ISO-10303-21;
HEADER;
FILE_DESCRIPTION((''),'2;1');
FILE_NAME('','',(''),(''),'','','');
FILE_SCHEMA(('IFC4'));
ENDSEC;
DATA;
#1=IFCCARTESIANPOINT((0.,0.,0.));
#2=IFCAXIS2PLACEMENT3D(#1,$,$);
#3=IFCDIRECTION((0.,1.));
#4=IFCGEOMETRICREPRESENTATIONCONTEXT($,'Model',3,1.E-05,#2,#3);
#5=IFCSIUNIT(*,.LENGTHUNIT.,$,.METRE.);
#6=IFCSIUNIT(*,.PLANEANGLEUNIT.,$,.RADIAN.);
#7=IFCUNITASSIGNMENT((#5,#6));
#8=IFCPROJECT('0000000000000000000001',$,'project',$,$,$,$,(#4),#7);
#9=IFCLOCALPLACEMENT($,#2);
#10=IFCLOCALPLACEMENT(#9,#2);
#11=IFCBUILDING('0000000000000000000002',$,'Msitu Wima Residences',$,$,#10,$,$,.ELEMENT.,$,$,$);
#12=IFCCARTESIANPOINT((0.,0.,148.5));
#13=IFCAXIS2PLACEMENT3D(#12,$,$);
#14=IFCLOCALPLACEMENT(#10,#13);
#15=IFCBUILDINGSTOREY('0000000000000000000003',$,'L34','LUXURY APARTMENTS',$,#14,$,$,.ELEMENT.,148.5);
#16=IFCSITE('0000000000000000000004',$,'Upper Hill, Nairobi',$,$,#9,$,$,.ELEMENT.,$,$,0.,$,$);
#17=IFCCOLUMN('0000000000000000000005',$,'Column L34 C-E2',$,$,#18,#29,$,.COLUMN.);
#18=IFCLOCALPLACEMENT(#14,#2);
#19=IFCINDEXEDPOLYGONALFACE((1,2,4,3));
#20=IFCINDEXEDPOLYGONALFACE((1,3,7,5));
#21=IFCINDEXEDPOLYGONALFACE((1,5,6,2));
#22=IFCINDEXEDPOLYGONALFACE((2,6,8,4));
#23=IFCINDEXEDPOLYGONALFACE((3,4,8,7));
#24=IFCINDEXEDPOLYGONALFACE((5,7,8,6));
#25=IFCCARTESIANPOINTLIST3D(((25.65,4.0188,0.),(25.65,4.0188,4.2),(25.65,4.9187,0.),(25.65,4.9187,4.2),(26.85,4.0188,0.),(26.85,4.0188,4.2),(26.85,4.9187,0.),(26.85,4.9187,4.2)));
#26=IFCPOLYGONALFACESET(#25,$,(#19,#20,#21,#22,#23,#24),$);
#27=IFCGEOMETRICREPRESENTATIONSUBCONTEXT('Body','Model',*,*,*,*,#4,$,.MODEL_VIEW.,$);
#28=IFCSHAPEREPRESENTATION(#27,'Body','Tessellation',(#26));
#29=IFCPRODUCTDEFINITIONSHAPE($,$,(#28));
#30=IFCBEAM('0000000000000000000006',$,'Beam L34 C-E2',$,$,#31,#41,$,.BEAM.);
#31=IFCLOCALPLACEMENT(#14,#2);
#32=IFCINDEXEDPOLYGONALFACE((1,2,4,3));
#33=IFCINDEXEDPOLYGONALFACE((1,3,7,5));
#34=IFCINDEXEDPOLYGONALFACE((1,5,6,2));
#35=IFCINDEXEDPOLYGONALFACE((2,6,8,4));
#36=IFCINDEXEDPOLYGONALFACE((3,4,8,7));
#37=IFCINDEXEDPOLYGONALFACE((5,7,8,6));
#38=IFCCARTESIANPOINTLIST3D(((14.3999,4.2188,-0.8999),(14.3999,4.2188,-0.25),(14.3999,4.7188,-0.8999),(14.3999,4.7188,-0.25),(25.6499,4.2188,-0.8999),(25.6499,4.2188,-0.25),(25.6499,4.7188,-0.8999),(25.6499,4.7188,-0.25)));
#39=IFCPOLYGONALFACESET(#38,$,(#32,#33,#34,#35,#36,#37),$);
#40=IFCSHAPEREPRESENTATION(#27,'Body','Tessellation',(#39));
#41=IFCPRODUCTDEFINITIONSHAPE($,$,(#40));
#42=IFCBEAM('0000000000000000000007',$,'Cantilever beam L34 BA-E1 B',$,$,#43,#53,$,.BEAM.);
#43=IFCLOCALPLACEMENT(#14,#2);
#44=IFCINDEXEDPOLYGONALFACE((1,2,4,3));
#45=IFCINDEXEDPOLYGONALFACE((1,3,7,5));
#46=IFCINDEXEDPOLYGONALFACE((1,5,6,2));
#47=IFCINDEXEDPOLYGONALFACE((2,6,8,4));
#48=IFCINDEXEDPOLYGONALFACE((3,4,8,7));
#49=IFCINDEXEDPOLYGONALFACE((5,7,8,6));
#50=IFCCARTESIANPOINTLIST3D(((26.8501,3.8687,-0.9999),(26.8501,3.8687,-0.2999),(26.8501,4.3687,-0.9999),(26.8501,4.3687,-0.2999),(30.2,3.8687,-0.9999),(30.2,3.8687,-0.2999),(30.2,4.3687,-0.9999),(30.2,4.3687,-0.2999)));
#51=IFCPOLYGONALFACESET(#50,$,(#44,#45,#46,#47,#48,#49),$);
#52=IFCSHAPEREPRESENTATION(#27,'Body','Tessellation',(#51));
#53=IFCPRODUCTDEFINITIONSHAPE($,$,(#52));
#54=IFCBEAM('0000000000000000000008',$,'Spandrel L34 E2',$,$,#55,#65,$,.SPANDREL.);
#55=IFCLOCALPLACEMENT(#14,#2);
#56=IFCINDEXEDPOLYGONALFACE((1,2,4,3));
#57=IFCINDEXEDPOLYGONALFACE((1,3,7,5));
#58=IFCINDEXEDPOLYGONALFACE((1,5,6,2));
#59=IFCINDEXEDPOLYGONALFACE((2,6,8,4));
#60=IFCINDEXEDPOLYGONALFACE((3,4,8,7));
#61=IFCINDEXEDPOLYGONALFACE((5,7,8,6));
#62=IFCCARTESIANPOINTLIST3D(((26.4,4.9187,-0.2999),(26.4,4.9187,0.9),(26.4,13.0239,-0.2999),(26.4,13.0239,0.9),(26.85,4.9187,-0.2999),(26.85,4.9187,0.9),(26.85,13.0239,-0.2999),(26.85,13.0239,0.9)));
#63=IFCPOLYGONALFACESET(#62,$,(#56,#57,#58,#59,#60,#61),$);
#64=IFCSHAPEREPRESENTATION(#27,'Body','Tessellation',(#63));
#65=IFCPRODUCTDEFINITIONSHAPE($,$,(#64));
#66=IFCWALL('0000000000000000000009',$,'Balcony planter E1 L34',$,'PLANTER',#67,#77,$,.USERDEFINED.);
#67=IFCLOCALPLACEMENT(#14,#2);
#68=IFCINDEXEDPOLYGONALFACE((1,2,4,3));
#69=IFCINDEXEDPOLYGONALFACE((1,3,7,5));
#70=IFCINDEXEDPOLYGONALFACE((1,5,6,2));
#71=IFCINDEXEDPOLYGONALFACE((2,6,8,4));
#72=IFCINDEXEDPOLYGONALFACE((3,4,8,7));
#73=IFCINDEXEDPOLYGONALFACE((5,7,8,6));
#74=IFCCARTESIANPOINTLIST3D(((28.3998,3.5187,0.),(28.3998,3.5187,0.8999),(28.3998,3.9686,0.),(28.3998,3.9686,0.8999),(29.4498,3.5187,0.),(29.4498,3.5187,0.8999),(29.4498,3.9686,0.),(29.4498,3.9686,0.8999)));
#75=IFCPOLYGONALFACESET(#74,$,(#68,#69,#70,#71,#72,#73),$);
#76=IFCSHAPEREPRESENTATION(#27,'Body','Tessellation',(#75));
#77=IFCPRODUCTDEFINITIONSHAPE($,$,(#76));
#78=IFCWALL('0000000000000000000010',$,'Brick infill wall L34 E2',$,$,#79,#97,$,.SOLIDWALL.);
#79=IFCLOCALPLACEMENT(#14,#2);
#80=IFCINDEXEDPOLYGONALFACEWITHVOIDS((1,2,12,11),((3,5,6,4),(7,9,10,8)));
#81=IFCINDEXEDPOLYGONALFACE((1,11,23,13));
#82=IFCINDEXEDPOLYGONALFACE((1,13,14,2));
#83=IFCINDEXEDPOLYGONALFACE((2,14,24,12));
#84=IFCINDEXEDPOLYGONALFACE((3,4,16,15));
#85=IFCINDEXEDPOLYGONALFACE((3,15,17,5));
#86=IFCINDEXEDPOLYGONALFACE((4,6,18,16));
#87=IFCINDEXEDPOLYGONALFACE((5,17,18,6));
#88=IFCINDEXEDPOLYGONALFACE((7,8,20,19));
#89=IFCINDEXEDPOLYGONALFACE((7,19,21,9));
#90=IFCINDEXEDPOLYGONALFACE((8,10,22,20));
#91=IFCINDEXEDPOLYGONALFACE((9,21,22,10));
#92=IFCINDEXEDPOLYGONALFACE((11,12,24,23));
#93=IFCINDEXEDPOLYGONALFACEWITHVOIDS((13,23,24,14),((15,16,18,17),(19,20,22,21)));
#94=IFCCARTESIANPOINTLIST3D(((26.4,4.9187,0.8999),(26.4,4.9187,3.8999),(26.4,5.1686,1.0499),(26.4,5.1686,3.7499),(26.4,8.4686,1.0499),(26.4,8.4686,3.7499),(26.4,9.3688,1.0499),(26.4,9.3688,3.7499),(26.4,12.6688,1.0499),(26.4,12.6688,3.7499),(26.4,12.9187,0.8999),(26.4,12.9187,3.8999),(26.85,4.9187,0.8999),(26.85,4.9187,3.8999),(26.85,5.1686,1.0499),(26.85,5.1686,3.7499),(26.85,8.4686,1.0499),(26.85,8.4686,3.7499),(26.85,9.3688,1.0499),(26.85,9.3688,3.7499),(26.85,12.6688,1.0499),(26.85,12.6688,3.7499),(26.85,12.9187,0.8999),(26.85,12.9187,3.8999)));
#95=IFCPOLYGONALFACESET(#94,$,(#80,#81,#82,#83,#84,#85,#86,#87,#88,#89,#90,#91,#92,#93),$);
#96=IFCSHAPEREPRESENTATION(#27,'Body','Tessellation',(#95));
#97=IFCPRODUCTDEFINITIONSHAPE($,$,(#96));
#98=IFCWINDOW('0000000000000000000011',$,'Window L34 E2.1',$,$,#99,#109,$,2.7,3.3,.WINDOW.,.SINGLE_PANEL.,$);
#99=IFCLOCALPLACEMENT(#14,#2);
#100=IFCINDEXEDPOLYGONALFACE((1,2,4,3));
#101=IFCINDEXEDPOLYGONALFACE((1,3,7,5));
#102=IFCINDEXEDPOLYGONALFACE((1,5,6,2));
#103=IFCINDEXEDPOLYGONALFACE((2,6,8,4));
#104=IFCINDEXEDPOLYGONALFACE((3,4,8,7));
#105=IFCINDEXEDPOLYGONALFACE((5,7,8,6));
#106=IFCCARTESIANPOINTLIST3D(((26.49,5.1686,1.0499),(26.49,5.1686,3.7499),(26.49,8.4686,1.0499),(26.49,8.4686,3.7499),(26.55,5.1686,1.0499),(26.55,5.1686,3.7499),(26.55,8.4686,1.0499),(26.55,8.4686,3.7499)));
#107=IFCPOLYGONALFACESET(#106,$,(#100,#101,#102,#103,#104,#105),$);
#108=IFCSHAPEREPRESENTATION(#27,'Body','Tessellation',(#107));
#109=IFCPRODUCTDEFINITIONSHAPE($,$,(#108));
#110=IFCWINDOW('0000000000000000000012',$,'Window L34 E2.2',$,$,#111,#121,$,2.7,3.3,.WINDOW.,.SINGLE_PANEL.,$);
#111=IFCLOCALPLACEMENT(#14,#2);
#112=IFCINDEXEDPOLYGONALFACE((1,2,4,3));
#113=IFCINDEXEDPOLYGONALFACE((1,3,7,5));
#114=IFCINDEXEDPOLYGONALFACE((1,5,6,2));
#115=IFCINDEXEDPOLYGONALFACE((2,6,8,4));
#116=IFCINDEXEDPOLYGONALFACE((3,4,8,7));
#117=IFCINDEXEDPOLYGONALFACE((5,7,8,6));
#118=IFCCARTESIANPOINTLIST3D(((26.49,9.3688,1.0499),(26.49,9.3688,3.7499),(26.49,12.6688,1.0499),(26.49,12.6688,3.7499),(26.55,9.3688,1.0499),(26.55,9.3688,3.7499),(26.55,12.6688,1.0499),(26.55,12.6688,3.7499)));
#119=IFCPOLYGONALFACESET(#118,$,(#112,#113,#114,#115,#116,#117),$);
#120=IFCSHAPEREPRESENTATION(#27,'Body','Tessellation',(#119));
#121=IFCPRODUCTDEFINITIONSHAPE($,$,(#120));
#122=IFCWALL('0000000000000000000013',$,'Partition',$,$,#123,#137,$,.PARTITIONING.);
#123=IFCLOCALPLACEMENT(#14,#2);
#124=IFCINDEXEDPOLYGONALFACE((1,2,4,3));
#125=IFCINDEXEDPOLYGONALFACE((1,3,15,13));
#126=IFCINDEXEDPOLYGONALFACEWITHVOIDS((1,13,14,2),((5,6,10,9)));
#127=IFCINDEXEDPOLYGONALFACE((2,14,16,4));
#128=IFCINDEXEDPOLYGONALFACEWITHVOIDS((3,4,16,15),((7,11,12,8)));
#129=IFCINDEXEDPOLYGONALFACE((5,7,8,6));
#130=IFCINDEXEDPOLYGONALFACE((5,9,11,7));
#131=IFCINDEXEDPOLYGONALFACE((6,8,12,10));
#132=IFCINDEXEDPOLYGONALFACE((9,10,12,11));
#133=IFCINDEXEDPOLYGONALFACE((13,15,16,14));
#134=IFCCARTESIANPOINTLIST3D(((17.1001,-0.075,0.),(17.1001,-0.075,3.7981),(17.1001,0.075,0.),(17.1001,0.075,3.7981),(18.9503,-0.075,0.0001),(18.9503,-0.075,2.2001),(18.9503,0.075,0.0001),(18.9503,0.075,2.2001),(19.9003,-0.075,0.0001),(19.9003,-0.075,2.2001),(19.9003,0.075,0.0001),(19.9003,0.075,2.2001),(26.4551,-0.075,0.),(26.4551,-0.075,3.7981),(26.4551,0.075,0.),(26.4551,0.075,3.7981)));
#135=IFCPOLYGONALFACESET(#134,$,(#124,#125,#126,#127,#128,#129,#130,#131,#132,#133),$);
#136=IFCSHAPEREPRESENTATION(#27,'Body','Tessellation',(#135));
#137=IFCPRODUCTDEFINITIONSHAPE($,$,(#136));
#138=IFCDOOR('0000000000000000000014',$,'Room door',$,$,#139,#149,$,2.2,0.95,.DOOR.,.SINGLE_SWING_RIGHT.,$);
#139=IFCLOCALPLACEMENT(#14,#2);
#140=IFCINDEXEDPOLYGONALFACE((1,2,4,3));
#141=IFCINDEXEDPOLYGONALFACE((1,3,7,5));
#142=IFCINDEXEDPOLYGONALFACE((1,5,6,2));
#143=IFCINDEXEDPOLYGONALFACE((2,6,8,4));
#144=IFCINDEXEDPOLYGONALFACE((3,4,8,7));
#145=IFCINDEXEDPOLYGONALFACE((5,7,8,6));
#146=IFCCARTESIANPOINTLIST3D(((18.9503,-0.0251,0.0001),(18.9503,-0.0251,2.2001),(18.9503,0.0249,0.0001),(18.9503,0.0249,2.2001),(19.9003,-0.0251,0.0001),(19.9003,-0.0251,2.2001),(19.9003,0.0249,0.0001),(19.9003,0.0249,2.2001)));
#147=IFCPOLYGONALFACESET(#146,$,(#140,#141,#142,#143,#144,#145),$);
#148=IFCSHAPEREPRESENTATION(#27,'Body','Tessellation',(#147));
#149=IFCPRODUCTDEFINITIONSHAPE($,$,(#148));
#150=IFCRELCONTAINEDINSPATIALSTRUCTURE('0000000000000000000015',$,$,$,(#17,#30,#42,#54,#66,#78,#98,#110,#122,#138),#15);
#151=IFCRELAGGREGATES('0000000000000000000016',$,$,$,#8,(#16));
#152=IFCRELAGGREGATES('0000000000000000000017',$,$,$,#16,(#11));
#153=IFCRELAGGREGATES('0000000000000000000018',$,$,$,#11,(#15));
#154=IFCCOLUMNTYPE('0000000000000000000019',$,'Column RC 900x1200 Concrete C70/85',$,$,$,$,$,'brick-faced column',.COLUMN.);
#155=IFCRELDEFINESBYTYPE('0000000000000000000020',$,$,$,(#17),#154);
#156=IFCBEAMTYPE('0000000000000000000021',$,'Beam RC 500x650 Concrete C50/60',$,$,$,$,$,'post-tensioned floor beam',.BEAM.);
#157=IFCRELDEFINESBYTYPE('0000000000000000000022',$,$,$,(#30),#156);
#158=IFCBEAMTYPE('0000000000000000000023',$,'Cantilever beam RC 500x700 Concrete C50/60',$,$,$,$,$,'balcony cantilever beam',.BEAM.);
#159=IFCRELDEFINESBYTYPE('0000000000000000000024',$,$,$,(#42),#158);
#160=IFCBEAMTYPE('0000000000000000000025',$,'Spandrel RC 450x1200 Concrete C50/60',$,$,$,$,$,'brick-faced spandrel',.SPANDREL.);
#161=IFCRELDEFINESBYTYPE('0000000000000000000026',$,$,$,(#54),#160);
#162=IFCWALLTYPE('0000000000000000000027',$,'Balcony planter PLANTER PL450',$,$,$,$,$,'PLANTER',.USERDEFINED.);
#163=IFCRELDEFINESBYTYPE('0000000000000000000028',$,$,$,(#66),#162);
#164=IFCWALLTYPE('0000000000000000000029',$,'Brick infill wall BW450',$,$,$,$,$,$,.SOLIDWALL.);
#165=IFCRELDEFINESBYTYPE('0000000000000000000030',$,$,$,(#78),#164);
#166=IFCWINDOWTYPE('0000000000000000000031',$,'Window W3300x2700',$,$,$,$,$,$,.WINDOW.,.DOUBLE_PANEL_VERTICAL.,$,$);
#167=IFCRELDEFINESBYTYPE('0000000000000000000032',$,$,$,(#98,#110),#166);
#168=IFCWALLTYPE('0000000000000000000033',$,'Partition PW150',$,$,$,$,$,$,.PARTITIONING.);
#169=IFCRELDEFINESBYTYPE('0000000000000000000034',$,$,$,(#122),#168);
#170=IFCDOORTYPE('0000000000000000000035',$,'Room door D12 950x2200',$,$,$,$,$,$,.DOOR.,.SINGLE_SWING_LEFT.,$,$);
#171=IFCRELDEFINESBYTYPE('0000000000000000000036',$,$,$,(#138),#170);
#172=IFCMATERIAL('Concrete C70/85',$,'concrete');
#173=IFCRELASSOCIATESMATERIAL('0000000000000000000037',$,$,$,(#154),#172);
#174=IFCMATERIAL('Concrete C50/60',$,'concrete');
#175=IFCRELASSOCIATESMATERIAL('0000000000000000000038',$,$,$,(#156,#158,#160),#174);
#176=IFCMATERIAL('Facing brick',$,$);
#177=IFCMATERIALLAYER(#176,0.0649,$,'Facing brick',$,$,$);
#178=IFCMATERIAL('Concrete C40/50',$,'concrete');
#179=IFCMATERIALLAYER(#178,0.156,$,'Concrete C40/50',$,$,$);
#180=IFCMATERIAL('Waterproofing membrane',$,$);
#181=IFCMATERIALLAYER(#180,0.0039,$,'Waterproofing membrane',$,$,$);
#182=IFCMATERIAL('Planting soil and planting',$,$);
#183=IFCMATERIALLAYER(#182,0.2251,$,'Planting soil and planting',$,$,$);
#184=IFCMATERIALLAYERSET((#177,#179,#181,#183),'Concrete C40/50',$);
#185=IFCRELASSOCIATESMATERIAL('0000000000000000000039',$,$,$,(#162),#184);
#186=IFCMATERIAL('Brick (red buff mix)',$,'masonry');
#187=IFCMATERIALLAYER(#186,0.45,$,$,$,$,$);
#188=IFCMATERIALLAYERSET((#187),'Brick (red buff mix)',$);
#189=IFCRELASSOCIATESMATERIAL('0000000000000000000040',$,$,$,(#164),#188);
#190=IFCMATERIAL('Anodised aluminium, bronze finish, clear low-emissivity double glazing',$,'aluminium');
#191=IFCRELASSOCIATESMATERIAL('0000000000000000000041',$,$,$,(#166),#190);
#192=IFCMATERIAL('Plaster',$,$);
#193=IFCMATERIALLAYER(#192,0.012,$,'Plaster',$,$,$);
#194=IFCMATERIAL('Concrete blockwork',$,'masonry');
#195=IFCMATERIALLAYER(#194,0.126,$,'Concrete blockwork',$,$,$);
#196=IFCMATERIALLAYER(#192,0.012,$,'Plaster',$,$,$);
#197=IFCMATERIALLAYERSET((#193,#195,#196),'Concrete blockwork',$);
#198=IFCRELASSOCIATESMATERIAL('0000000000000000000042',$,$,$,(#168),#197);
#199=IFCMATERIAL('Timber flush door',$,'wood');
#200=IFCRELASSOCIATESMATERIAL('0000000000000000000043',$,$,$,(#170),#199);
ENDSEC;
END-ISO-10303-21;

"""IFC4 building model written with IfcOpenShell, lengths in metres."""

from ifc_helpers import new_model, si_unit, direction, frame, frame_2d, origin, origin_2d, place, context, subcontext, project, spatial, rectangle, extrude, material, layer, layer_set, material_profile, profile_set, type_object, element, fill, save


model = new_model("IFC4")

# Units and contexts
model_context = context("Model", 3, precision=1e-05, world=origin(), true_north=direction((0.0, 1.0)))
body_context = subcontext(model_context, "Body", "Model", "MODEL_VIEW")
ifc_project = project(units=[si_unit("LENGTHUNIT", "METRE"), si_unit("PLANEANGLEUNIT", "RADIAN")], contexts=[model_context])

# Site, building, storey
site_placement = place(None, origin())
site = spatial("IfcSite", under=ifc_project, at=site_placement, Name="Upper Hill, Nairobi", CompositionType="ELEMENT", RefElevation=0.0)
building_placement = place(site_placement, origin())
building = spatial("IfcBuilding", under=site, at=building_placement, Name="Msitu Wima Residences", CompositionType="ELEMENT")
storey_placement = place(building_placement, frame((0.0, 0.0, 148.5)))
storey = spatial("IfcBuildingStorey", under=building, at=storey_placement, Name="L34", Description="LUXURY APARTMENTS", CompositionType="ELEMENT", Elevation=148.5)

# Column
ifc_material_1 = material(Name="Concrete C70/85", Category="concrete")
ifc_material_profile_1 = material_profile(ifc_material_1, rectangle(XDim=0.8999, YDim=1.2, at=origin_2d()), Name="RC 900x1200")
ifc_profile_set_1 = profile_set([ifc_material_profile_1], Name="Concrete C70/85")
column_type = type_object("IfcColumnType", Name="Column RC 900x1200 Concrete C70/85", ElementType="brick-faced column", PredefinedType="COLUMN", material=ifc_profile_set_1)
column_placement = place(storey_placement, frame((26.25, 4.4688, 0.0), z_axis=(0.0, 0.0, 1.0), x_axis=(0.0, 1.0, 0.0)))
element("IfcColumn", 1, at=column_placement, inside=storey, type_object=column_type, Name="Column L34 C-E2", PredefinedType="COLUMN", context=body_context, shape_type="SweptSolid", body=[
    extrude(rectangle(XDim=0.8999, YDim=1.2, at=origin_2d()), origin(), (0.0, 0.0, 1.0), 4.2),
])

# Beams
ifc_material_2 = material(Name="Concrete C50/60", Category="concrete")
ifc_material_profile_2 = material_profile(ifc_material_2, rectangle(XDim=0.5, YDim=0.6499, at=origin_2d()), Name="RC 500x650")
ifc_profile_set_2 = profile_set([ifc_material_profile_2], Name="Concrete C50/60")
beam_type_1 = type_object("IfcBeamType", Name="Beam RC 500x650 Concrete C50/60", ElementType="post-tensioned floor beam", PredefinedType="BEAM", material=ifc_profile_set_2)
beam_1_placement = place(storey_placement, frame((25.6499, 4.4688, -0.575), z_axis=(-1.0, 0.0, 0.0), x_axis=(0.0, -1.0, 0.0)))
element("IfcBeam", 2, at=beam_1_placement, inside=storey, type_object=beam_type_1, Name="Beam L34 C-E2", PredefinedType="BEAM", context=body_context, shape_type="SweptSolid", body=[
    extrude(rectangle(XDim=0.5, YDim=0.6499, at=origin_2d()), origin(), (0.0, 0.0, 1.0), 11.25),
])
ifc_material_profile_3 = material_profile(ifc_material_2, rectangle(XDim=0.5, YDim=0.7, at=origin_2d()), Name="RC 500x700")
ifc_profile_set_3 = profile_set([ifc_material_profile_3], Name="Concrete C50/60")
beam_type_2 = type_object("IfcBeamType", Name="Cantilever beam RC 500x700 Concrete C50/60", ElementType="balcony cantilever beam", PredefinedType="BEAM", material=ifc_profile_set_3)
beam_2_placement = place(storey_placement, frame((26.8501, 4.1187, -0.6499), z_axis=(1.0, 0.0, 0.0), x_axis=(0.0, 1.0, 0.0)))
element("IfcBeam", 3, at=beam_2_placement, inside=storey, type_object=beam_type_2, Name="Cantilever beam L34 BA-E1 B", PredefinedType="BEAM", context=body_context, shape_type="SweptSolid", body=[
    extrude(rectangle(XDim=0.5, YDim=0.7, at=origin_2d()), origin(), (0.0, 0.0, 1.0), 3.3499),
])
ifc_material_profile_4 = material_profile(ifc_material_2, rectangle(XDim=0.45, YDim=1.2, at=origin_2d()), Name="RC 450x1200")
ifc_profile_set_4 = profile_set([ifc_material_profile_4], Name="Concrete C50/60")
beam_type_3 = type_object("IfcBeamType", Name="Spandrel RC 450x1200 Concrete C50/60", ElementType="brick-faced spandrel", PredefinedType="SPANDREL", material=ifc_profile_set_4)
beam_3_placement = place(storey_placement, frame((26.625, 4.9187, 0.3), z_axis=(0.0, 1.0, 0.0), x_axis=(-1.0, 0.0, 0.0)))
element("IfcBeam", 4, at=beam_3_placement, inside=storey, type_object=beam_type_3, Name="Spandrel L34 E2", PredefinedType="SPANDREL", context=body_context, shape_type="SweptSolid", body=[
    extrude(rectangle(XDim=0.45, YDim=1.2, at=origin_2d()), origin(), (0.0, 0.0, 1.0), 8.1052),
])

# Wall
ifc_material_3 = material(Name="Facing brick")
ifc_layer_1 = layer(ifc_material_3, 0.0649, Name="Facing brick")
ifc_material_4 = material(Name="Concrete C40/50", Category="concrete")
ifc_layer_2 = layer(ifc_material_4, 0.156, Name="Concrete C40/50")
ifc_material_5 = material(Name="Waterproofing membrane")
ifc_layer_3 = layer(ifc_material_5, 0.0039, Name="Waterproofing membrane")
ifc_material_6 = material(Name="Planting soil and planting")
ifc_layer_4 = layer(ifc_material_6, 0.2251, Name="Planting soil and planting")
ifc_layer_set_1 = layer_set([ifc_layer_1, ifc_layer_2, ifc_layer_3, ifc_layer_4], Name="Concrete C40/50")
wall_type_1 = type_object("IfcWallType", Name="Balcony planter PLANTER PL450", ElementType="PLANTER", PredefinedType="USERDEFINED", material=ifc_layer_set_1)
wall_1_placement = place(storey_placement, frame((28.3999, 3.7437, 0.0), z_axis=(0.0, 0.0, 1.0), x_axis=(1.0, 0.0, 0.0)))
element("IfcWall", 5, at=wall_1_placement, inside=storey, type_object=wall_type_1, Name="Balcony planter E1 L34", ObjectType="PLANTER", PredefinedType="USERDEFINED", context=body_context, shape_type="SweptSolid", body=[
    extrude(rectangle(XDim=1.05, YDim=0.45, at=frame_2d((0.5249, 0.0))), origin(), (0.0, 0.0, 1.0), 0.8999),
])

# Wall, openings, windows
ifc_material_7 = material(Name="Brick (red buff mix)", Category="masonry")
ifc_layer_5 = layer(ifc_material_7, 0.45)
ifc_layer_set_2 = layer_set([ifc_layer_5], Name="Brick (red buff mix)")
wall_type_2 = type_object("IfcWallType", Name="Brick infill wall BW450", PredefinedType="SOLIDWALL", material=ifc_layer_set_2)
wall_2_placement = place(storey_placement, frame((26.625, 4.9187, 0.8999), z_axis=(0.0, 0.0, 1.0), x_axis=(0.0, 1.0, 0.0)))
wall_2 = element("IfcWall", 6, at=wall_2_placement, inside=storey, type_object=wall_type_2, Name="Brick infill wall L34 E2", PredefinedType="SOLIDWALL", context=body_context, shape_type="SweptSolid", body=[
    extrude(rectangle(XDim=8.0, YDim=0.45, at=frame_2d((4.0, 0.0))), origin(), (0.0, 0.0, 1.0), 3.0),
])
opening_1_placement = place(wall_2_placement, frame((0.25, 0.0, 0.1499)))
opening_1 = element("IfcOpeningElement", 7, at=opening_1_placement, cuts=wall_2, PredefinedType="OPENING", context=body_context, shape_type="SweptSolid", body=[
    extrude(rectangle(XDim=3.3, YDim=2.7, at=frame_2d((1.6499, 1.3501))), frame((0.0, 0.2349, 0.0), z_axis=(0.0, -1.0, 0.0), x_axis=(1.0, 0.0, 0.0)), (0.0, 0.0, 1.0), 0.47),
])
opening_2_placement = place(wall_2_placement, frame((4.4502, 0.0, 0.1499)))
opening_2 = element("IfcOpeningElement", 8, at=opening_2_placement, cuts=wall_2, PredefinedType="OPENING", context=body_context, shape_type="SweptSolid", body=[
    extrude(rectangle(XDim=3.3, YDim=2.7, at=frame_2d((1.6499, 1.3501))), frame((0.0, 0.2349, 0.0), z_axis=(0.0, -1.0, 0.0), x_axis=(1.0, 0.0, 0.0)), (0.0, 0.0, 1.0), 0.47),
])
ifc_material_8 = material(Name="Anodised aluminium, bronze finish, clear low-emissivity double glazing", Category="aluminium")
window_type = type_object("IfcWindowType", Name="Window W3300x2700", PartitioningType="DOUBLE_PANEL_VERTICAL", PredefinedType="WINDOW", material=ifc_material_8)
window_1_placement = place(opening_1_placement, origin())
window_1 = element("IfcWindow", 9, at=window_1_placement, inside=storey, type_object=window_type, Name="Window L34 E2.1", OverallHeight=2.7, OverallWidth=3.3, PartitioningType="SINGLE_PANEL", PredefinedType="WINDOW", context=body_context, shape_type="SweptSolid", body=[
    extrude(rectangle(XDim=3.3, YDim=2.7, at=frame_2d((1.6499, 1.3501))), frame((0.0, 0.135, 0.0), z_axis=(0.0, -1.0, 0.0), x_axis=(1.0, 0.0, 0.0)), (0.0, 0.0, 1.0), 0.0601),
])
fill(opening_1, window_1)
window_2_placement = place(opening_2_placement, origin())
window_2 = element("IfcWindow", 10, at=window_2_placement, inside=storey, type_object=window_type, Name="Window L34 E2.2", OverallHeight=2.7, OverallWidth=3.3, PartitioningType="SINGLE_PANEL", PredefinedType="WINDOW", context=body_context, shape_type="SweptSolid", body=[
    extrude(rectangle(XDim=3.3, YDim=2.7, at=frame_2d((1.6499, 1.3501))), frame((0.0, 0.135, 0.0), z_axis=(0.0, -1.0, 0.0), x_axis=(1.0, 0.0, 0.0)), (0.0, 0.0, 1.0), 0.0601),
])
fill(opening_2, window_2)

# Wall, opening, door
ifc_material_9 = material(Name="Plaster")
ifc_layer_6 = layer(ifc_material_9, 0.012, Name="Plaster")
ifc_material_10 = material(Name="Concrete blockwork", Category="masonry")
ifc_layer_7 = layer(ifc_material_10, 0.126, Name="Concrete blockwork")
ifc_layer_8 = layer(ifc_material_9, 0.012, Name="Plaster")
ifc_layer_set_3 = layer_set([ifc_layer_6, ifc_layer_7, ifc_layer_8], Name="Concrete blockwork")
wall_type_3 = type_object("IfcWallType", Name="Partition PW150", PredefinedType="PARTITIONING", material=ifc_layer_set_3)
wall_3_placement = place(storey_placement, frame((17.1001, 0.0, 0.0), z_axis=(0.0, 0.0, 1.0), x_axis=(1.0, 0.0, 0.0)))
wall_3 = element("IfcWall", 11, at=wall_3_placement, inside=storey, type_object=wall_type_3, Name="Partition", PredefinedType="PARTITIONING", context=body_context, shape_type="SweptSolid", body=[
    extrude(rectangle(XDim=9.355, YDim=0.1499, at=frame_2d((4.6775, 0.0))), origin(), (0.0, 0.0, 1.0), 3.7981),
])
opening_3_placement = place(wall_3_placement, frame((1.8501, 0.0, 0.0)))
opening_3 = element("IfcOpeningElement", 12, at=opening_3_placement, cuts=wall_3, PredefinedType="OPENING", context=body_context, shape_type="SweptSolid", body=[
    extrude(rectangle(XDim=0.95, YDim=2.2, at=frame_2d((0.4751, 1.1001))), frame((0.0, 0.085, 0.0), z_axis=(0.0, -1.0, 0.0), x_axis=(1.0, 0.0, 0.0)), (0.0, 0.0, 1.0), 0.1699),
])
ifc_material_11 = material(Name="Timber flush door", Category="wood")
door_type_1 = type_object("IfcDoorType", Name="Room door D12 950x2200", OperationType="SINGLE_SWING_LEFT", PredefinedType="DOOR", material=ifc_material_11)
door_1_placement = place(opening_3_placement, origin())
door_1 = element("IfcDoor", 13, at=door_1_placement, inside=storey, type_object=door_type_1, Name="Room door", OperationType="SINGLE_SWING_RIGHT", OverallHeight=2.2, OverallWidth=0.95, PredefinedType="DOOR", context=body_context, shape_type="SweptSolid", body=[
    extrude(rectangle(XDim=0.95, YDim=2.2, at=frame_2d((0.4751, 1.1001))), frame((0.0, 0.0249, 0.0), z_axis=(0.0, -1.0, 0.0), x_axis=(1.0, 0.0, 0.0)), (0.0, 0.0, 1.0), 0.05),
])
fill(opening_3, door_1)

save(model, "model.ifc")
